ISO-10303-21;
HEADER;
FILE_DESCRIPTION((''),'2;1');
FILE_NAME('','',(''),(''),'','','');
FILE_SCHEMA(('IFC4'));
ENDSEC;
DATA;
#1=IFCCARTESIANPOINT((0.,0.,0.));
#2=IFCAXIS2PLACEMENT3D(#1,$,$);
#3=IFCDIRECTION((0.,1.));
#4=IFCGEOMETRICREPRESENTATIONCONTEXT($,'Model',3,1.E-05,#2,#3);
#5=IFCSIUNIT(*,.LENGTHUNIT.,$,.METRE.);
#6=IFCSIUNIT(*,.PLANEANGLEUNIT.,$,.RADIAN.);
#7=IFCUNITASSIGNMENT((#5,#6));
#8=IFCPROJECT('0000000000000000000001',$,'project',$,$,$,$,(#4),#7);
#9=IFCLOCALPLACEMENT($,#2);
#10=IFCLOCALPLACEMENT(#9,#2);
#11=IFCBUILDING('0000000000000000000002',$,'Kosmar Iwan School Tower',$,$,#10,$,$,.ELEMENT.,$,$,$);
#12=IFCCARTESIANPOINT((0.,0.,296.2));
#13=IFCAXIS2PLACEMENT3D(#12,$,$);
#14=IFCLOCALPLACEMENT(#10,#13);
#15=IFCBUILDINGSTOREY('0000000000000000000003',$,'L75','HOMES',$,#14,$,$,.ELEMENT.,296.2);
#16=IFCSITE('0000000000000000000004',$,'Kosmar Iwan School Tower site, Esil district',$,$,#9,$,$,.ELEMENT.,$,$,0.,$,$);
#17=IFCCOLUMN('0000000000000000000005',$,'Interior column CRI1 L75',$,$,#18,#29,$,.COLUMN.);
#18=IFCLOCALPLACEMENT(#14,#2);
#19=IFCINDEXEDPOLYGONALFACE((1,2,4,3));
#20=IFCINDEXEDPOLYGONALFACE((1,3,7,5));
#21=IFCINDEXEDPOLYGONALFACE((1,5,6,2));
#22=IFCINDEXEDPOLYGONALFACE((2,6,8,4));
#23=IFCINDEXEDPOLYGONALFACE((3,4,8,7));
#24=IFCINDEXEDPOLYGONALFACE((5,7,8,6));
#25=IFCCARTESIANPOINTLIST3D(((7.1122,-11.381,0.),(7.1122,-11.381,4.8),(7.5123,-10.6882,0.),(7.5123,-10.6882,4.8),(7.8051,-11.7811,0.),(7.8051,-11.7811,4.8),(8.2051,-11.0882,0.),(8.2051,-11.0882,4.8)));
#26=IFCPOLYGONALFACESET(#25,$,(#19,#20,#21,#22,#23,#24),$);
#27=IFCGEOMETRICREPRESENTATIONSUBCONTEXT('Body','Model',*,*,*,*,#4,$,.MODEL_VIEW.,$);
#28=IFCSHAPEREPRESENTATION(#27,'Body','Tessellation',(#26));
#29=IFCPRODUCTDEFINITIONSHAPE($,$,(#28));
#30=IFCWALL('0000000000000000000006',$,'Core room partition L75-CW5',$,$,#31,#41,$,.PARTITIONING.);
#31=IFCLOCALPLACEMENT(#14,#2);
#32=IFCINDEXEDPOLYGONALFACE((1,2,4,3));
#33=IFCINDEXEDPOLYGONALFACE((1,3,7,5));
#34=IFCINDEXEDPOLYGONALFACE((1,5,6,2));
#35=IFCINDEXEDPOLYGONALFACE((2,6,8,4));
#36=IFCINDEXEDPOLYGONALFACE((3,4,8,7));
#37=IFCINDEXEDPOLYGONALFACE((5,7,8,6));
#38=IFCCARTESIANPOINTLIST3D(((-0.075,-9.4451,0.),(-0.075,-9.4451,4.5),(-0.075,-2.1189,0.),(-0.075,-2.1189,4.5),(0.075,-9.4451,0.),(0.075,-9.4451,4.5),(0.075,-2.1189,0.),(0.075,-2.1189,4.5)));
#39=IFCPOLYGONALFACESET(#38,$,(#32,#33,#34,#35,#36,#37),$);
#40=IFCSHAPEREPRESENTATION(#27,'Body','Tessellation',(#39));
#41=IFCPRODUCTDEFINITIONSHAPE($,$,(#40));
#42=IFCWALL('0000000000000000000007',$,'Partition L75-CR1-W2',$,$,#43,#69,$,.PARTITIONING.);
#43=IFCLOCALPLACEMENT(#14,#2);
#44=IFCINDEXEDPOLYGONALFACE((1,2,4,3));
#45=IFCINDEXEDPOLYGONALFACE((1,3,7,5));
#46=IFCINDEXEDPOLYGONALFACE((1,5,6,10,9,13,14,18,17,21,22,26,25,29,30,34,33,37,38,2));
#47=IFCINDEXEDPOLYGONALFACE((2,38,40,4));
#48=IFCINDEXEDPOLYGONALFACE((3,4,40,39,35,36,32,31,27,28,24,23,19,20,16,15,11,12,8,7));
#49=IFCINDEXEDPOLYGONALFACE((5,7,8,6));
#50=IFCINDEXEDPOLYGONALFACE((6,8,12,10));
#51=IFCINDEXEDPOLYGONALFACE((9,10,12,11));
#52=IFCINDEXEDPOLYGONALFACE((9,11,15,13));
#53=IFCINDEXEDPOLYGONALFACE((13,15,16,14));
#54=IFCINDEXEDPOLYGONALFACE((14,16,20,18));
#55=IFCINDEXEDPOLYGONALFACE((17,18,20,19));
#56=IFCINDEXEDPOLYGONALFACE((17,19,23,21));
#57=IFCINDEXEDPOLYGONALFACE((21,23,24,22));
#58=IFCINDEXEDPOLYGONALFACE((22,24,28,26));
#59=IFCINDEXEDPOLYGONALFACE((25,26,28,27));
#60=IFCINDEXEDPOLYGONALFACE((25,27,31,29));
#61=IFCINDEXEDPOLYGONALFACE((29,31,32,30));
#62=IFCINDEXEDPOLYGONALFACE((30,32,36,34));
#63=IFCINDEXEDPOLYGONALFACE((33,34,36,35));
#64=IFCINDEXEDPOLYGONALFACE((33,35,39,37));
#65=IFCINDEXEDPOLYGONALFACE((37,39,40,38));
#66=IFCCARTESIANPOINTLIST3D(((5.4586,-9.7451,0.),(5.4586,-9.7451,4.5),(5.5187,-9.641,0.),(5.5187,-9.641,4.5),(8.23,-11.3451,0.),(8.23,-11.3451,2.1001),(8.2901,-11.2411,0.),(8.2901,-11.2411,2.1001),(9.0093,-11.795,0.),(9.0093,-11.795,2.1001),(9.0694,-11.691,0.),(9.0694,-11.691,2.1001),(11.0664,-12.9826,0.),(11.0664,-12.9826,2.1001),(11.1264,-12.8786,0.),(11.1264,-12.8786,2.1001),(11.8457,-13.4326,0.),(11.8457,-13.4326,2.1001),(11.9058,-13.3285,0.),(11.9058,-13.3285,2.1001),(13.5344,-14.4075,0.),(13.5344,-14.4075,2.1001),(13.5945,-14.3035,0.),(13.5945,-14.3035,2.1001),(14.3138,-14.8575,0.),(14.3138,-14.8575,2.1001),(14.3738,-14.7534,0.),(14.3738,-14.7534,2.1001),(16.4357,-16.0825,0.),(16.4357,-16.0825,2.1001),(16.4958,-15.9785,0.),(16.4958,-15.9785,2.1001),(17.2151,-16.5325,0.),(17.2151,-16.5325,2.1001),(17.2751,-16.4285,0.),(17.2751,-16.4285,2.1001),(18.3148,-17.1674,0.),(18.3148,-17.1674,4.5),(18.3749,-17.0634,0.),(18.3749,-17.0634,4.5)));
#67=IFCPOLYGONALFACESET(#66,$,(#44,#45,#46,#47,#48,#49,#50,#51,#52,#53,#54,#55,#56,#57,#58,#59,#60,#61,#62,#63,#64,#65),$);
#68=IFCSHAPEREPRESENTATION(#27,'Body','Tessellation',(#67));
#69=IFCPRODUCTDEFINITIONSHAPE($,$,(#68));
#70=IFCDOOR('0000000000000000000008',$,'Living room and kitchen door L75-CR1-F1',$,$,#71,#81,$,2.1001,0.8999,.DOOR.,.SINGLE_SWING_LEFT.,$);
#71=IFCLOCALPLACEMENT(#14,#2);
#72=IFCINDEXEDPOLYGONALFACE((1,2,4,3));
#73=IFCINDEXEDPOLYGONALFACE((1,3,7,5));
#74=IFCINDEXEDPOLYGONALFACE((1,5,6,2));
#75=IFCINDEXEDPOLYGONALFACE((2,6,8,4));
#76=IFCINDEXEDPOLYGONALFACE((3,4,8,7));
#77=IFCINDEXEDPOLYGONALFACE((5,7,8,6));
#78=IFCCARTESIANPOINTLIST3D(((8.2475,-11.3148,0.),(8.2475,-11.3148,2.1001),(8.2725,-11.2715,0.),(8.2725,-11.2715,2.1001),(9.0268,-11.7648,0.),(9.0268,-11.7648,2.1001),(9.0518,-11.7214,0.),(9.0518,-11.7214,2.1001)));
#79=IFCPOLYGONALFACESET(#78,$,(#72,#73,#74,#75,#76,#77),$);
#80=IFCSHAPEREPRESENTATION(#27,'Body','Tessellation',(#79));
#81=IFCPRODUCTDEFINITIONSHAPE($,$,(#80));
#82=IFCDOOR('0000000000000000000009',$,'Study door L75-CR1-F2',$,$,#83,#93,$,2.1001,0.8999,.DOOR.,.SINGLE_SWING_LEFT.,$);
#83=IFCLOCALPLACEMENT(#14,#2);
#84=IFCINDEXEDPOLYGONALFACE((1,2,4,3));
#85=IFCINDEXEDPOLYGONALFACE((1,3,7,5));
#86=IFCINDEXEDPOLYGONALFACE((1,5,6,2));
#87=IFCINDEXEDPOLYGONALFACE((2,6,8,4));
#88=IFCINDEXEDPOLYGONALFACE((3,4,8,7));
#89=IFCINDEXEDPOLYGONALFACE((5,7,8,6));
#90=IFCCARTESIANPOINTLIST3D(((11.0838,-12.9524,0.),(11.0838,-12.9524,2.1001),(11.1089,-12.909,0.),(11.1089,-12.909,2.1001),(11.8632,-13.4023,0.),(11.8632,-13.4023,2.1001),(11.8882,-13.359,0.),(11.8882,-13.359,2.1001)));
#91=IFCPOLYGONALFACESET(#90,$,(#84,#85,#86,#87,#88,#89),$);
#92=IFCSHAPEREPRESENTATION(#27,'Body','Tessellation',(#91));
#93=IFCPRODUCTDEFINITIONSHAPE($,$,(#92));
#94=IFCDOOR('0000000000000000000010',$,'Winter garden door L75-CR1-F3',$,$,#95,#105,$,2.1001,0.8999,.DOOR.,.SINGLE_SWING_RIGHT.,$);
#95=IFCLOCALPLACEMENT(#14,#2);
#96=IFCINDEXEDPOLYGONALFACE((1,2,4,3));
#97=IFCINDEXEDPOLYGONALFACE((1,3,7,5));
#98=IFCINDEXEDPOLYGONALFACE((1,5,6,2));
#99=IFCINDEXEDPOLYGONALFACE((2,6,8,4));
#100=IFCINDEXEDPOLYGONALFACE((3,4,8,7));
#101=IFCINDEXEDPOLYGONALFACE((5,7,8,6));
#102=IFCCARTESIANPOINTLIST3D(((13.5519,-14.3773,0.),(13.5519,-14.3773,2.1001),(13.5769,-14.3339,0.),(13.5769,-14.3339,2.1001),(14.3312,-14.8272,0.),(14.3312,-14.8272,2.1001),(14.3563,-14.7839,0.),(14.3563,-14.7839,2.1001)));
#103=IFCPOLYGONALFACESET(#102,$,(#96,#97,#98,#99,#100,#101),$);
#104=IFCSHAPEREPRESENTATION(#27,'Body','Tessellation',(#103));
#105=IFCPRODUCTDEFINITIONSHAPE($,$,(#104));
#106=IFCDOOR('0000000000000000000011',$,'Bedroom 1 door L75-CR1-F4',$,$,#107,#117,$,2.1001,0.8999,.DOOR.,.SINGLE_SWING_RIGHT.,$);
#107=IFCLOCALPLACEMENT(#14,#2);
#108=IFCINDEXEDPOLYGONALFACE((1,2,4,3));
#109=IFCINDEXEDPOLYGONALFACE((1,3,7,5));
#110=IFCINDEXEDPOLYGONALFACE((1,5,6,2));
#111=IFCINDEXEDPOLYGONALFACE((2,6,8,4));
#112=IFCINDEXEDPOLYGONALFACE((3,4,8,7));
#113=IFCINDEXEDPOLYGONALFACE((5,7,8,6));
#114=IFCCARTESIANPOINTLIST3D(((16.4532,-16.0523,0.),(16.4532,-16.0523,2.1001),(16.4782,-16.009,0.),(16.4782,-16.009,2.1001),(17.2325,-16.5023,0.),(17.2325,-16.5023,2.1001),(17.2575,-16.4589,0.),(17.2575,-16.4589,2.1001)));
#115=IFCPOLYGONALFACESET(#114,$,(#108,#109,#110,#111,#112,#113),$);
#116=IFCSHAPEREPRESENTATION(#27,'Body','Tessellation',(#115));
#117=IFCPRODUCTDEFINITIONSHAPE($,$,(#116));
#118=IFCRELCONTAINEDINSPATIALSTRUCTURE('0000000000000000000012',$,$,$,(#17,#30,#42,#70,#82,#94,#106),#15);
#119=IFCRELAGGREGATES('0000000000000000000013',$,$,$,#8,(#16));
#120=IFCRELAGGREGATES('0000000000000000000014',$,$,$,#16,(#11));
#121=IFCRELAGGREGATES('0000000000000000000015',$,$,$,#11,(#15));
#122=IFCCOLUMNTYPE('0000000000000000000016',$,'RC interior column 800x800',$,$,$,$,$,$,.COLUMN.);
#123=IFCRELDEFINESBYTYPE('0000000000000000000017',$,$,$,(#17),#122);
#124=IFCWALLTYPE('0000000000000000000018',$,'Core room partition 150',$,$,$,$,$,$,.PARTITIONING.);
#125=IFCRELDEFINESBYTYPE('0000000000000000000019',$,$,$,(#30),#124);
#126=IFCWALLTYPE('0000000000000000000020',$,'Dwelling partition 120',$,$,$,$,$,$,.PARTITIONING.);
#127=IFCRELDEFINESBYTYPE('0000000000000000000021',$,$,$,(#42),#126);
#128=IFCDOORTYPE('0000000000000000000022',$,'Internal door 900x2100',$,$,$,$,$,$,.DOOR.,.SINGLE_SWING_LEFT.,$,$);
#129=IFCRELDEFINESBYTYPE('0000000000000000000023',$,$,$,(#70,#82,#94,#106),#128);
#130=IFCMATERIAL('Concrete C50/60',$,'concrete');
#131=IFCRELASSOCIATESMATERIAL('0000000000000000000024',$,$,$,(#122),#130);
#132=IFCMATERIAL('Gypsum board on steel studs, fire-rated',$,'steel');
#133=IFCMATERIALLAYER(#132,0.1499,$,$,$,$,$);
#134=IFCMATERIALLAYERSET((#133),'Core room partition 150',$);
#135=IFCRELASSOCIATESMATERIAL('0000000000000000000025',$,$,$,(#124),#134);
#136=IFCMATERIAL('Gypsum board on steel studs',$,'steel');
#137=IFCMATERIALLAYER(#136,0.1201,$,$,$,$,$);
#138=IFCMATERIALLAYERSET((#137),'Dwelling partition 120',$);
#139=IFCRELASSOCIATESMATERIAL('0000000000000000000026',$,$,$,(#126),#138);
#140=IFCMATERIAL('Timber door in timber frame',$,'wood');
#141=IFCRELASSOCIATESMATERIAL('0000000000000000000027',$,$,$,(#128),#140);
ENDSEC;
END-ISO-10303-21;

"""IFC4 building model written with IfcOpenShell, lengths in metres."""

from ifc_helpers import new_model, si_unit, direction, frame, frame_2d, origin, origin_2d, place, context, subcontext, project, spatial, rectangle, extrude, material, layer, layer_set, material_profile, profile_set, type_object, element, fill, save


model = new_model("IFC4")

# Units and contexts
model_context = context("Model", 3, precision=1e-05, world=origin(), true_north=direction((0.0, 1.0)))
body_context = subcontext(model_context, "Body", "Model", "MODEL_VIEW")
ifc_project = project(units=[si_unit("LENGTHUNIT", "METRE"), si_unit("PLANEANGLEUNIT", "RADIAN")], contexts=[model_context])

# Site, building, storey
site_placement = place(None, origin())
site = spatial("IfcSite", under=ifc_project, at=site_placement, Name="Kosmar Iwan School Tower site, Esil district", CompositionType="ELEMENT", RefElevation=0.0)
building_placement = place(site_placement, origin())
building = spatial("IfcBuilding", under=site, at=building_placement, Name="Kosmar Iwan School Tower", CompositionType="ELEMENT")
storey_placement = place(building_placement, frame((0.0, 0.0, 296.2)))
storey = spatial("IfcBuildingStorey", under=building, at=storey_placement, Name="L75", Description="HOMES", CompositionType="ELEMENT", Elevation=296.2)

# Column
ifc_material_1 = material(Name="Concrete C50/60", Category="concrete")
ifc_material_profile = material_profile(ifc_material_1, rectangle(XDim=0.8, YDim=0.8, at=origin_2d()), Name="RC 800x800")
ifc_profile_set = profile_set([ifc_material_profile], Name="Concrete C50/60")
column_type = type_object("IfcColumnType", Name="RC interior column 800x800", PredefinedType="COLUMN", material=ifc_profile_set)
column_placement = place(storey_placement, frame((7.6587, -11.2346, 0.0), z_axis=(0.0, 0.0, 1.0), x_axis=(0.866025, -0.5, 0.0)))
element("IfcColumn", 1, at=column_placement, inside=storey, type_object=column_type, Name="Interior column CRI1 L75", PredefinedType="COLUMN", context=body_context, shape_type="SweptSolid", body=[
    extrude(rectangle(XDim=0.8, YDim=0.8, at=origin_2d()), origin(), (0.0, 0.0, 1.0), 4.8),
])

# Wall
ifc_material_2 = material(Name="Gypsum board on steel studs, fire-rated", Category="steel")
ifc_layer_1 = layer(ifc_material_2, 0.1499)
ifc_layer_set_1 = layer_set([ifc_layer_1], Name="Core room partition 150")
wall_type_1 = type_object("IfcWallType", Name="Core room partition 150", PredefinedType="PARTITIONING", material=ifc_layer_set_1)
wall_1_placement = place(storey_placement, frame((0.0, -9.4451, 0.0), z_axis=(0.0, 0.0, 1.0), x_axis=(0.0, 1.0, 0.0)))
element("IfcWall", 2, at=wall_1_placement, inside=storey, type_object=wall_type_1, Name="Core room partition L75-CW5", PredefinedType="PARTITIONING", context=body_context, shape_type="SweptSolid", body=[
    extrude(rectangle(XDim=7.3262, YDim=0.1499, at=frame_2d((3.6631, 0.0))), origin(), (0.0, 0.0, 1.0), 4.5),
])

# Wall, openings, doors
ifc_material_3 = material(Name="Gypsum board on steel studs", Category="steel")
ifc_layer_2 = layer(ifc_material_3, 0.1201)
ifc_layer_set_2 = layer_set([ifc_layer_2], Name="Dwelling partition 120")
wall_type_2 = type_object("IfcWallType", Name="Dwelling partition 120", PredefinedType="PARTITIONING", material=ifc_layer_set_2)
wall_2_placement = place(storey_placement, frame((5.4888, -9.6931, 0.0), z_axis=(0.0, 0.0, 1.0), x_axis=(0.86603, -0.499992, 0.0)))
wall_2 = element("IfcWall", 3, at=wall_2_placement, inside=storey, type_object=wall_type_2, Name="Partition L75-CR1-W2", PredefinedType="PARTITIONING", context=body_context, shape_type="SweptSolid", body=[
    extrude(rectangle(XDim=14.845, YDim=0.1201, at=frame_2d((7.4224, 0.0))), origin(), (0.0, 0.0, 1.0), 4.5),
])
opening_1_placement = place(wall_2_placement, frame((3.2, 0.0, 0.0)))
opening_1 = element("IfcOpeningElement", 4, at=opening_1_placement, cuts=wall_2, PredefinedType="OPENING", context=body_context, shape_type="SweptSolid", body=[
    extrude(rectangle(XDim=0.8999, YDim=2.1001, at=frame_2d((0.45, 1.05))), frame((0.0, 0.072, 0.0), z_axis=(0.0, -1.0, 0.0), x_axis=(1.0, 0.0, 0.0)), (0.0, 0.0, 1.0), 0.144),
])
opening_2_placement = place(wall_2_placement, frame((6.4751, 0.0, 0.0)))
opening_2 = element("IfcOpeningElement", 5, at=opening_2_placement, cuts=wall_2, PredefinedType="OPENING", context=body_context, shape_type="SweptSolid", body=[
    extrude(rectangle(XDim=0.8999, YDim=2.1001, at=frame_2d((0.45, 1.05))), frame((0.0, 0.072, 0.0), z_axis=(0.0, -1.0, 0.0), x_axis=(1.0, 0.0, 0.0)), (0.0, 0.0, 1.0), 0.144),
])
opening_3_placement = place(wall_2_placement, frame((9.325, 0.0, 0.0)))
opening_3 = element("IfcOpeningElement", 6, at=opening_3_placement, cuts=wall_2, PredefinedType="OPENING", context=body_context, shape_type="SweptSolid", body=[
    extrude(rectangle(XDim=0.8999, YDim=2.1001, at=frame_2d((0.45, 1.05))), frame((0.0, 0.072, 0.0), z_axis=(0.0, -1.0, 0.0), x_axis=(1.0, 0.0, 0.0)), (0.0, 0.0, 1.0), 0.144),
])
opening_4_placement = place(wall_2_placement, frame((12.675, 0.0, 0.0)))
opening_4 = element("IfcOpeningElement", 7, at=opening_4_placement, cuts=wall_2, PredefinedType="OPENING", context=body_context, shape_type="SweptSolid", body=[
    extrude(rectangle(XDim=0.8999, YDim=2.1001, at=frame_2d((0.45, 1.05))), frame((0.0, 0.072, 0.0), z_axis=(0.0, -1.0, 0.0), x_axis=(1.0, 0.0, 0.0)), (0.0, 0.0, 1.0), 0.144),
])
ifc_material_4 = material(Name="Timber door in timber frame", Category="wood")
door_type = type_object("IfcDoorType", Name="Internal door 900x2100", OperationType="SINGLE_SWING_LEFT", PredefinedType="DOOR", material=ifc_material_4)
door_1_placement = place(opening_1_placement, origin())
door_1 = element("IfcDoor", 8, at=door_1_placement, inside=storey, type_object=door_type, Name="Living room and kitchen door L75-CR1-F1", OperationType="SINGLE_SWING_LEFT", OverallHeight=2.1001, OverallWidth=0.8999, PredefinedType="DOOR", context=body_context, shape_type="SweptSolid", body=[
    extrude(rectangle(XDim=0.8999, YDim=2.1001, at=frame_2d((0.45, 1.05))), frame((0.0, 0.0249, 0.0), z_axis=(0.0, -1.0, 0.0), x_axis=(1.0, 0.0, 0.0)), (0.0, 0.0, 1.0), 0.05),
])
fill(opening_1, door_1)
door_2_placement = place(opening_2_placement, origin())
door_2 = element("IfcDoor", 9, at=door_2_placement, inside=storey, type_object=door_type, Name="Study door L75-CR1-F2", OperationType="SINGLE_SWING_LEFT", OverallHeight=2.1001, OverallWidth=0.8999, PredefinedType="DOOR", context=body_context, shape_type="SweptSolid", body=[
    extrude(rectangle(XDim=0.8999, YDim=2.1001, at=frame_2d((0.45, 1.05))), frame((0.0, 0.0249, 0.0), z_axis=(0.0, -1.0, 0.0), x_axis=(1.0, 0.0, 0.0)), (0.0, 0.0, 1.0), 0.05),
])
fill(opening_2, door_2)
door_3_placement = place(opening_3_placement, origin())
door_3 = element("IfcDoor", 10, at=door_3_placement, inside=storey, type_object=door_type, Name="Winter garden door L75-CR1-F3", OperationType="SINGLE_SWING_RIGHT", OverallHeight=2.1001, OverallWidth=0.8999, PredefinedType="DOOR", context=body_context, shape_type="SweptSolid", body=[
    extrude(rectangle(XDim=0.8999, YDim=2.1001, at=frame_2d((0.45, 1.05))), frame((0.0, 0.0249, 0.0), z_axis=(0.0, -1.0, 0.0), x_axis=(1.0, 0.0, 0.0)), (0.0, 0.0, 1.0), 0.05),
])
fill(opening_3, door_3)
door_4_placement = place(opening_4_placement, origin())
door_4 = element("IfcDoor", 11, at=door_4_placement, inside=storey, type_object=door_type, Name="Bedroom 1 door L75-CR1-F4", OperationType="SINGLE_SWING_RIGHT", OverallHeight=2.1001, OverallWidth=0.8999, PredefinedType="DOOR", context=body_context, shape_type="SweptSolid", body=[
    extrude(rectangle(XDim=0.8999, YDim=2.1001, at=frame_2d((0.45, 1.05))), frame((0.0, 0.0249, 0.0), z_axis=(0.0, -1.0, 0.0), x_axis=(1.0, 0.0, 0.0)), (0.0, 0.0, 1.0), 0.05),
])
fill(opening_4, door_4)

save(model, "model.ifc")
